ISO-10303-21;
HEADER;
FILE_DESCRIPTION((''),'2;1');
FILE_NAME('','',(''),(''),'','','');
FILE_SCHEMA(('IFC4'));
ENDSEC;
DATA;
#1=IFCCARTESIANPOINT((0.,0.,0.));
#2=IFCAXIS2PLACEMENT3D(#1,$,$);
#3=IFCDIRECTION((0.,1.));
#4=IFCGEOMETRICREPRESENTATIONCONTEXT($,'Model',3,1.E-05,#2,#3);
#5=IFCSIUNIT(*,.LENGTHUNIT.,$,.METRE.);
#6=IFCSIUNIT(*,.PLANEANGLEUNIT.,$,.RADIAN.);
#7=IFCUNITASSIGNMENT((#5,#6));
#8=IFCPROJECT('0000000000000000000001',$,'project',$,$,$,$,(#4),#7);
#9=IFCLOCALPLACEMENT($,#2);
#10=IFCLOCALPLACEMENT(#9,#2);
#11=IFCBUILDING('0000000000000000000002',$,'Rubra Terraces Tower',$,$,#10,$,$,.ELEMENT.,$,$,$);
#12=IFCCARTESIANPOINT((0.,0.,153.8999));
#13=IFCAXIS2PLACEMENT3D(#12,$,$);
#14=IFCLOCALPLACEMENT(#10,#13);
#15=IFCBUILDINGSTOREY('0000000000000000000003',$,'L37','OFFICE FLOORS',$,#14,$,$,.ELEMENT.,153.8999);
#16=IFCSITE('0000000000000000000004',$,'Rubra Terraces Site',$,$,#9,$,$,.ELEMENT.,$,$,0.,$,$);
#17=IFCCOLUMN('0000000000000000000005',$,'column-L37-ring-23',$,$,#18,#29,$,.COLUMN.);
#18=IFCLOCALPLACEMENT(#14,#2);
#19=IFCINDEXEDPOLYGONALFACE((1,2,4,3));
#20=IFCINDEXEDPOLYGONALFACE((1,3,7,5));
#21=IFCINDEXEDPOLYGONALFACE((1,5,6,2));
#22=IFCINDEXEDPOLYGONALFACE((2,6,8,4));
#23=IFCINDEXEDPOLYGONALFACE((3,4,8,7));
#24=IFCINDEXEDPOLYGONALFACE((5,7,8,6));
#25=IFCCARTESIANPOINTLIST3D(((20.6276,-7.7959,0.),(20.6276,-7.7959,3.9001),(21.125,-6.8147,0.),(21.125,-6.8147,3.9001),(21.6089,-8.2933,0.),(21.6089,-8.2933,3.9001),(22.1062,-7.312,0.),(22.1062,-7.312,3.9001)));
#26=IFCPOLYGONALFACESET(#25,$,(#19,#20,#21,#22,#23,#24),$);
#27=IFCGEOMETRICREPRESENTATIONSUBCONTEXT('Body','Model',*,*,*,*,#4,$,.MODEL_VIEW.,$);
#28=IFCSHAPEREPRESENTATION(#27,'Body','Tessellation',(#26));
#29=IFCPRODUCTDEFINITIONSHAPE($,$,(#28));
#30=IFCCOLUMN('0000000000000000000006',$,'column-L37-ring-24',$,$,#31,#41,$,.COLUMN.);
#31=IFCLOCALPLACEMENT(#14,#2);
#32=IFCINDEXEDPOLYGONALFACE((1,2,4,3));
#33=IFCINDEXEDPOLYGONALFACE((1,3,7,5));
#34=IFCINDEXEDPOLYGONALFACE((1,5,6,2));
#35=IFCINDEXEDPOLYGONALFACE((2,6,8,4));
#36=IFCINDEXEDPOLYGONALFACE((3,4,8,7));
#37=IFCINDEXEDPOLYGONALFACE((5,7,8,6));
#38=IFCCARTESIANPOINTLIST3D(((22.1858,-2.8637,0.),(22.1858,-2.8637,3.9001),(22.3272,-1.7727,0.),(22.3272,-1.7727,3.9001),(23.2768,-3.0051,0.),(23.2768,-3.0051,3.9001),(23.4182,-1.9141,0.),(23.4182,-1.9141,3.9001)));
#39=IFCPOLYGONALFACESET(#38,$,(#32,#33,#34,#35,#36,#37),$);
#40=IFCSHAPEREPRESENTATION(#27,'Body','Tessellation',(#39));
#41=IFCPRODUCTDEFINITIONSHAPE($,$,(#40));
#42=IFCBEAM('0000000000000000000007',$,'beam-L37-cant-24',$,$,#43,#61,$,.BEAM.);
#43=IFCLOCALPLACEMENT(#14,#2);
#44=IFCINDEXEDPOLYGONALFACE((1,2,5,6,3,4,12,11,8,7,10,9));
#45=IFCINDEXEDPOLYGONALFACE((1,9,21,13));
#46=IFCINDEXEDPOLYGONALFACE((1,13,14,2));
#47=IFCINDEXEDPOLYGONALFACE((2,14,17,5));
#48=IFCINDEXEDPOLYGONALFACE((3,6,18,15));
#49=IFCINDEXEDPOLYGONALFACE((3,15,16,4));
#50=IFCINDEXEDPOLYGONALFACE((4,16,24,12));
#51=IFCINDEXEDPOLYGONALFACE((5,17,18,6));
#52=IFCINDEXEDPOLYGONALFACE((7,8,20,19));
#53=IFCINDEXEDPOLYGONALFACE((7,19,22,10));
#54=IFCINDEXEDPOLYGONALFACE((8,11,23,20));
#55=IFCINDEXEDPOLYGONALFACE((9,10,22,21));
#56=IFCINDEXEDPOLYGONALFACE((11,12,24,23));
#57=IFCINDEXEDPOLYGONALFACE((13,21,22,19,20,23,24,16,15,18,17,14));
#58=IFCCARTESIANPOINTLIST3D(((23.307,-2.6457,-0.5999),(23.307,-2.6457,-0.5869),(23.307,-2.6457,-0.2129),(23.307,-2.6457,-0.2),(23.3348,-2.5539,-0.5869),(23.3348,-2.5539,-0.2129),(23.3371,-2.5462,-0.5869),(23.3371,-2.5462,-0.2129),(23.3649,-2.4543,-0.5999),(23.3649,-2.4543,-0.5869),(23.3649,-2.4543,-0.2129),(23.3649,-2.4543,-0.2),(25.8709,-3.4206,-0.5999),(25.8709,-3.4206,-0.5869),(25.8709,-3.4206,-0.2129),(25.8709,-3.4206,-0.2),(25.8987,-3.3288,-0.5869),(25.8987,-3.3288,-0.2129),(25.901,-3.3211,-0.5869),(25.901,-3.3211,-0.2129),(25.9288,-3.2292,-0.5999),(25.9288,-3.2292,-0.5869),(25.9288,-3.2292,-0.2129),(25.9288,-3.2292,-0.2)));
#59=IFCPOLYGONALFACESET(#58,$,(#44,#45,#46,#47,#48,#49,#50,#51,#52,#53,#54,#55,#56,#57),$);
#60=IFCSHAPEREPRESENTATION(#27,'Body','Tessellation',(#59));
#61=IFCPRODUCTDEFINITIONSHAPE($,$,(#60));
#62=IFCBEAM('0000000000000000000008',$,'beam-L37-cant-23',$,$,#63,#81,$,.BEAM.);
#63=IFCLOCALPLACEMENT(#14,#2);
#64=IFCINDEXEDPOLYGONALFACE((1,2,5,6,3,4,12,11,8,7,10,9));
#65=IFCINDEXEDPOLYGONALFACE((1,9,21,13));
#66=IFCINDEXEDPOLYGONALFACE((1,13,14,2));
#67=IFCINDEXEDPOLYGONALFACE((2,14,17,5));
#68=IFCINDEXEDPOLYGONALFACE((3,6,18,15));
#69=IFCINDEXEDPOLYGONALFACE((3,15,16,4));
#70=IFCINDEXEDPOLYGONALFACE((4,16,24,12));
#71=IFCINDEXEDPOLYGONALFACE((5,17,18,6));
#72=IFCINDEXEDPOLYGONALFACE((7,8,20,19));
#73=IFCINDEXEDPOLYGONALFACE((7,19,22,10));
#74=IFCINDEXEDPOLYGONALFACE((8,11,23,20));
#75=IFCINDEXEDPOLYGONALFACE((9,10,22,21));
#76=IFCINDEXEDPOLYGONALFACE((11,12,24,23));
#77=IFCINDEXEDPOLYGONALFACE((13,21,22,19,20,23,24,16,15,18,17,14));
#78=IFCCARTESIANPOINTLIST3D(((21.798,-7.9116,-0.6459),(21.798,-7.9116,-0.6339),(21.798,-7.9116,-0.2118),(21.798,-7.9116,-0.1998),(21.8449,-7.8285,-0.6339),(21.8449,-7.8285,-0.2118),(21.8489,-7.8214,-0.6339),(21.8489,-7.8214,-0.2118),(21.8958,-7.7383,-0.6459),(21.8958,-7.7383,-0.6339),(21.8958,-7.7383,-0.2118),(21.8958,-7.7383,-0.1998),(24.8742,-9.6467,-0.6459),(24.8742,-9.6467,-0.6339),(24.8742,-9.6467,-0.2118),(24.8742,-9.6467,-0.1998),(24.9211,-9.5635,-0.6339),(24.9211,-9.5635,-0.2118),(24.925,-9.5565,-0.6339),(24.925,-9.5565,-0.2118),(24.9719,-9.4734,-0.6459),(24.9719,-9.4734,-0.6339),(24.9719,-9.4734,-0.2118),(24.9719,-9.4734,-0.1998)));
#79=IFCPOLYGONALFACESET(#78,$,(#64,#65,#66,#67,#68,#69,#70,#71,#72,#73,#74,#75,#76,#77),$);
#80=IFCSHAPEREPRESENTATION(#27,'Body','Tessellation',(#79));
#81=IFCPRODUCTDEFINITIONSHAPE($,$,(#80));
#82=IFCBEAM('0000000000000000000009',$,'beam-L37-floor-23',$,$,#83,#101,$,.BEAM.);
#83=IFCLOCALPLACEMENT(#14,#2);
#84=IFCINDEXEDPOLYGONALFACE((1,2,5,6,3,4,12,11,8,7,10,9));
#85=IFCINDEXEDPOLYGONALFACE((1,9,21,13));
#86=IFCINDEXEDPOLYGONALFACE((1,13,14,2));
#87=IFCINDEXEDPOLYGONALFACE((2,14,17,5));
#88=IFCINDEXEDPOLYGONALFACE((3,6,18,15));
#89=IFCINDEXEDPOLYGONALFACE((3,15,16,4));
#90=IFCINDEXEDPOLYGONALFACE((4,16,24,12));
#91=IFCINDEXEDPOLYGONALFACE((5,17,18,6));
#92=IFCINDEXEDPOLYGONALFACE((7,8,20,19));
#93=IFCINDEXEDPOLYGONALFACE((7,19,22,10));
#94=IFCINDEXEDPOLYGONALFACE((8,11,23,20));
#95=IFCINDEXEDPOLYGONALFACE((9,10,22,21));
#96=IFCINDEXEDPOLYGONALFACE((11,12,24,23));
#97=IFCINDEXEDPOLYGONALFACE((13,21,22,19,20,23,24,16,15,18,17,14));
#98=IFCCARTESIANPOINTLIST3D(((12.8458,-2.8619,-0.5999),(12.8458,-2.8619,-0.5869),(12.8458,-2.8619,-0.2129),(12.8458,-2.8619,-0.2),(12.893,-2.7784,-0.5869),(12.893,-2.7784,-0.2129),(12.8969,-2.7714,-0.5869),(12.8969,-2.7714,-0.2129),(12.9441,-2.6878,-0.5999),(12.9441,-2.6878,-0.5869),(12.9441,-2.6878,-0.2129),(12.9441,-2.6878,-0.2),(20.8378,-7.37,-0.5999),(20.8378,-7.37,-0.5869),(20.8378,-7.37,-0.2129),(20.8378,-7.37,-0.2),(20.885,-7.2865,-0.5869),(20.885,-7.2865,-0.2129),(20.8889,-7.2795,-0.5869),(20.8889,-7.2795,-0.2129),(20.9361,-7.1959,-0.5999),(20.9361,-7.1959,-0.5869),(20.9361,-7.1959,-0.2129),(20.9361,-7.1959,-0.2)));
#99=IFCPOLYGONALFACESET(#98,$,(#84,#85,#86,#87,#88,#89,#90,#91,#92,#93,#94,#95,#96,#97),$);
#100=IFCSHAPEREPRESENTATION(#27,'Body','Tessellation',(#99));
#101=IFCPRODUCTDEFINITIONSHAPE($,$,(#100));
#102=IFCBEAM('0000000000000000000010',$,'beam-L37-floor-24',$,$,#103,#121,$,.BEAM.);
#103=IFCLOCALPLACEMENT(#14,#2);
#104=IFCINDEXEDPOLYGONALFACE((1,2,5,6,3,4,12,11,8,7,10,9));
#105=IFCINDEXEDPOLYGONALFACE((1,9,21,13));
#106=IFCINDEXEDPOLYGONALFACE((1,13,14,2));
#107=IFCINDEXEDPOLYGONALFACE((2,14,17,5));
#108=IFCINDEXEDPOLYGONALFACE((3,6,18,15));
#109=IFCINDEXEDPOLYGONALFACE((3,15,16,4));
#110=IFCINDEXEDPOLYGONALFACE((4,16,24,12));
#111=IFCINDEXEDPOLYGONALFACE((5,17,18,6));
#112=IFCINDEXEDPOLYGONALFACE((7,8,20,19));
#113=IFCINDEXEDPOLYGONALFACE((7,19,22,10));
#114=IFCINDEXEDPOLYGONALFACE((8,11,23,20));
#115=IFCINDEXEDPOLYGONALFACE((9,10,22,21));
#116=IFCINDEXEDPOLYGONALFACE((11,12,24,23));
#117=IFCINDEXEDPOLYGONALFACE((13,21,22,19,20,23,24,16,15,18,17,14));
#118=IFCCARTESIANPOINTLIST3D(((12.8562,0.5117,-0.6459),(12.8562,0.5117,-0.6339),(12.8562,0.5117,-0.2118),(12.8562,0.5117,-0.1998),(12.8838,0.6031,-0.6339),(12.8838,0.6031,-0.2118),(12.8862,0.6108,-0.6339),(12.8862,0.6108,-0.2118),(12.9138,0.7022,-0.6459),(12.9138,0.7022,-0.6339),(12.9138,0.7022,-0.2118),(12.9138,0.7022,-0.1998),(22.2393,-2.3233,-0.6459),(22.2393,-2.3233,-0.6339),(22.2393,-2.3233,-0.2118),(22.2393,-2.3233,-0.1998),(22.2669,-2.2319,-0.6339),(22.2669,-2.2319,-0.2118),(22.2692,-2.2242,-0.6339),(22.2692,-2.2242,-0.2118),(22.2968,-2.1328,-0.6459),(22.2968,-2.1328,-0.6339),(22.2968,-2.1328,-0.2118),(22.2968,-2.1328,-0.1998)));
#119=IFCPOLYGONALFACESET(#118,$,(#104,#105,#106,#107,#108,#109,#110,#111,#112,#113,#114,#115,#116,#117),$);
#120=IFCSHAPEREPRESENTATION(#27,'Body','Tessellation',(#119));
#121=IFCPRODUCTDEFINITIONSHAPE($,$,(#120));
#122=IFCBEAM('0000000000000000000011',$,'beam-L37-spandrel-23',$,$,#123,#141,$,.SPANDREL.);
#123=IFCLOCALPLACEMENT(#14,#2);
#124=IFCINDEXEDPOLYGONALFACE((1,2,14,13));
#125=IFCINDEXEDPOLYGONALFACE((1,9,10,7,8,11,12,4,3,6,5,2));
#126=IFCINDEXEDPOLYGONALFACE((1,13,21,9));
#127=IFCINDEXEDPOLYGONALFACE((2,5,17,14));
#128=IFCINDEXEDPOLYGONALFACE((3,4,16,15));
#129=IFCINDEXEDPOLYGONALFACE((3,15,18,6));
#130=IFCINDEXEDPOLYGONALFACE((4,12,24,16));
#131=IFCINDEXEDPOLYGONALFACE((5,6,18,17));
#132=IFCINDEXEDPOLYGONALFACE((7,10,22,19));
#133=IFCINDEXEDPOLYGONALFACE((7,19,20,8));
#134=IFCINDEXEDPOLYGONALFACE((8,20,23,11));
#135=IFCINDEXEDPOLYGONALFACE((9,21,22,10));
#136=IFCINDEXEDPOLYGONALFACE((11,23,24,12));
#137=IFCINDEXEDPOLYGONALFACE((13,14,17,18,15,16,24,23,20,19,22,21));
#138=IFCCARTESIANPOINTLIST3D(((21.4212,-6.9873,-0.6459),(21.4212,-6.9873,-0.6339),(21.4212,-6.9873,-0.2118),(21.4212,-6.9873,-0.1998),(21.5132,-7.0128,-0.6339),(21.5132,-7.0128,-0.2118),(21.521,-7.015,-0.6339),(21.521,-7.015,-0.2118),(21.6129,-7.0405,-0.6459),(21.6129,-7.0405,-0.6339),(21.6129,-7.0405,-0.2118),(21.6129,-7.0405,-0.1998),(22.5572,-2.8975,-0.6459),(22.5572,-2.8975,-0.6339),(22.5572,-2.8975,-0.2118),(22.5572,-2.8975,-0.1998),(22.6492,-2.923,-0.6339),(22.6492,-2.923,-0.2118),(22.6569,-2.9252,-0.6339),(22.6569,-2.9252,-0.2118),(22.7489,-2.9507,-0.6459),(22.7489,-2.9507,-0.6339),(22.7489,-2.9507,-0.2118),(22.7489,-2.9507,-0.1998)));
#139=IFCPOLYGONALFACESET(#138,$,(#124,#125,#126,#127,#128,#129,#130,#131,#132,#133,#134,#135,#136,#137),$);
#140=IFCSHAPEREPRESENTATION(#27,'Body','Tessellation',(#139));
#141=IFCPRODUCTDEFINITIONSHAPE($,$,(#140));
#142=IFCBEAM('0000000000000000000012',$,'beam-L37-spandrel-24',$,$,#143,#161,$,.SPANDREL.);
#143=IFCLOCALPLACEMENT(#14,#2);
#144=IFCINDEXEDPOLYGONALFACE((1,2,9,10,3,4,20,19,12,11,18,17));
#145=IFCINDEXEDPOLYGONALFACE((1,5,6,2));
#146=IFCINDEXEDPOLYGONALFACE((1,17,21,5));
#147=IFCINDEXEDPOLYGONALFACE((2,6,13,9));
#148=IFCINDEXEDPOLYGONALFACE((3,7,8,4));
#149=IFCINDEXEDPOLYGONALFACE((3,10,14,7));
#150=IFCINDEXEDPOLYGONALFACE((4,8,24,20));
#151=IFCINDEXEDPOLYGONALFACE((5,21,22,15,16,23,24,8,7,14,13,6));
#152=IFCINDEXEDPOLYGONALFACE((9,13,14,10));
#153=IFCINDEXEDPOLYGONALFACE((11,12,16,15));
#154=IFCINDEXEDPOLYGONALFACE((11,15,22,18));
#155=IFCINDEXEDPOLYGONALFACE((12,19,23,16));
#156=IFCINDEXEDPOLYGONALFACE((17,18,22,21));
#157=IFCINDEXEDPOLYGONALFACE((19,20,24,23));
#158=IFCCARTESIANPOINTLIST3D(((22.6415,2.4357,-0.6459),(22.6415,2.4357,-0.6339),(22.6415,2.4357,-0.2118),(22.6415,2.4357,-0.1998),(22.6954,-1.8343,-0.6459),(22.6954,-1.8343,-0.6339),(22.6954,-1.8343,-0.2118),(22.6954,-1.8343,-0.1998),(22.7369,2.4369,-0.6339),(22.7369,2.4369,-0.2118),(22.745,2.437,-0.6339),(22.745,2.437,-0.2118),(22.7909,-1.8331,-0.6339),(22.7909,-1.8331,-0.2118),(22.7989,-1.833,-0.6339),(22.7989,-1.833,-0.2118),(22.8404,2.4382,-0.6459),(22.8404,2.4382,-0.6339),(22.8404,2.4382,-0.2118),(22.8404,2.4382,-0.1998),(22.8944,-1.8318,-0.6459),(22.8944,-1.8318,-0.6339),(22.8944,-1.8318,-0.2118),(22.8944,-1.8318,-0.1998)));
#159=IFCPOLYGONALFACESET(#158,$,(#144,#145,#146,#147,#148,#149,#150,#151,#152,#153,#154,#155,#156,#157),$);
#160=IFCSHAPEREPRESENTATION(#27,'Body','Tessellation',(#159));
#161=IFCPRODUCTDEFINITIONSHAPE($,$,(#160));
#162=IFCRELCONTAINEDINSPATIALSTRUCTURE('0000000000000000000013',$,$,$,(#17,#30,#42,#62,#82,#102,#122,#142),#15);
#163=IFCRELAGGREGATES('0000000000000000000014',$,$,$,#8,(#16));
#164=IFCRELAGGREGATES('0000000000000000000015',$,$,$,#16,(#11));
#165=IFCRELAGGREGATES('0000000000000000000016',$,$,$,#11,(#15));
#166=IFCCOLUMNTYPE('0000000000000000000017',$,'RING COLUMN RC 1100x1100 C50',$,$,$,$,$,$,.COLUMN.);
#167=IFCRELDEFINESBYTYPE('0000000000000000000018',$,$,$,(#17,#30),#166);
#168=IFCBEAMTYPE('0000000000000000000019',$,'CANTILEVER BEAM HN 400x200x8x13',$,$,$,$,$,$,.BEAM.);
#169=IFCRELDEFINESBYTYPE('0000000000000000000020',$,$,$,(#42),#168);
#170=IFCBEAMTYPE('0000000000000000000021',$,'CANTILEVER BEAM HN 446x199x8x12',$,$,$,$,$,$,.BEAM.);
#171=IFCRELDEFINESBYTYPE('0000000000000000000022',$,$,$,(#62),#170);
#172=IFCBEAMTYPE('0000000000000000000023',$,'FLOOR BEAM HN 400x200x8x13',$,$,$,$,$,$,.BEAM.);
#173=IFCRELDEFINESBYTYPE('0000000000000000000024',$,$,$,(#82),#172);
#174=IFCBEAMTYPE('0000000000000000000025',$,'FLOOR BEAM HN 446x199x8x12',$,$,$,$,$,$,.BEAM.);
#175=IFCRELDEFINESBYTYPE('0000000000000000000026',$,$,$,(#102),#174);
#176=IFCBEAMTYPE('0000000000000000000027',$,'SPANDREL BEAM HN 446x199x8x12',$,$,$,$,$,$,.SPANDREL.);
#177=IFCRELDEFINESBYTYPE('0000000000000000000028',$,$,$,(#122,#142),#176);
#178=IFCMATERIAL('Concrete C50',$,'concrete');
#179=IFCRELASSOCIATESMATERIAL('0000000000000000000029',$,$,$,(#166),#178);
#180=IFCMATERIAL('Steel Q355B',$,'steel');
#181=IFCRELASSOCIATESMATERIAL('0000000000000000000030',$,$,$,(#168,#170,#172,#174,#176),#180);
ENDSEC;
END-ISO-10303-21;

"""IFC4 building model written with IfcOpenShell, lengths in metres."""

from ifc_helpers import new_model, si_unit, direction, frame, origin, origin_2d, place, context, subcontext, project, spatial, rectangle, i_section, extrude, material, material_profile, profile_set, type_object, element, save


model = new_model("IFC4")

# Units and contexts
model_context = context("Model", 3, precision=1e-05, world=origin(), true_north=direction((0.0, 1.0)))
body_context = subcontext(model_context, "Body", "Model", "MODEL_VIEW")
ifc_project = project(units=[si_unit("LENGTHUNIT", "METRE"), si_unit("PLANEANGLEUNIT", "RADIAN")], contexts=[model_context])

# Site, building, storey
site_placement = place(None, origin())
site = spatial("IfcSite", under=ifc_project, at=site_placement, Name="Rubra Terraces Site", CompositionType="ELEMENT", RefElevation=0.0)
building_placement = place(site_placement, origin())
building = spatial("IfcBuilding", under=site, at=building_placement, Name="Rubra Terraces Tower", CompositionType="ELEMENT")
storey_placement = place(building_placement, frame((0.0, 0.0, 153.8999)))
storey = spatial("IfcBuildingStorey", under=building, at=storey_placement, Name="L37", Description="OFFICE FLOORS", CompositionType="ELEMENT", Elevation=153.8999)

# Columns
ifc_material_1 = material(Name="Concrete C50", Category="concrete")
ifc_material_profile_1 = material_profile(ifc_material_1, rectangle(XDim=1.1001, YDim=1.1001, at=origin_2d()), Name="RC 1100x1100")
ifc_profile_set_1 = profile_set([ifc_material_profile_1], Name="Concrete C50")
column_type = type_object("IfcColumnType", Name="RING COLUMN RC 1100x1100 C50", PredefinedType="COLUMN", material=ifc_profile_set_1)
for number, where, z_axis, x_axis, name in (
    (1, (21.3669, -7.554, 0.0), (0.0, 0.0, 1.0), (0.452079, 0.891978, 0.0), "column-L37-ring-23"),
    (2, (22.802, -2.3889, 0.0), (0.0, 0.0, 1.0), (0.128535, 0.991705, 0.0), "column-L37-ring-24"),
):
    element("IfcColumn", number, at=place(storey_placement, frame(where, z_axis=z_axis, x_axis=x_axis)), inside=storey, type_object=column_type, Name=name, PredefinedType="COLUMN", context=body_context, shape_type="SweptSolid", body=[
        extrude(rectangle(XDim=1.1001, YDim=1.1001, at=origin_2d()), origin(), (0.0, 0.0, 1.0), 3.9001),
    ])

# Beams
ifc_material_2 = material(Name="Steel Q355B", Category="steel")
ifc_material_profile_2 = material_profile(ifc_material_2, i_section(OverallWidth=0.2, OverallDepth=0.3999, WebThickness=0.0081, FlangeThickness=0.0129, at=origin_2d()), Name="HN 400x200x8x13")
ifc_profile_set_2 = profile_set([ifc_material_profile_2], Name="Steel Q355B")
beam_type_1 = type_object("IfcBeamType", Name="CANTILEVER BEAM HN 400x200x8x13", PredefinedType="BEAM", material=ifc_profile_set_2)
beam_1_placement = place(storey_placement, frame((23.3359, -2.55, -0.3999), z_axis=(0.957237, -0.289304, 0.0), x_axis=(0.289304, 0.957237, 0.0)))
element("IfcBeam", 3, at=beam_1_placement, inside=storey, type_object=beam_type_1, Name="beam-L37-cant-24", PredefinedType="BEAM", context=body_context, shape_type="SweptSolid", body=[
    extrude(i_section(OverallWidth=0.2, OverallDepth=0.3999, WebThickness=0.0081, FlangeThickness=0.0129, at=origin_2d()), origin(), (0.0, 0.0, 1.0), 2.6785),
])
ifc_material_profile_3 = material_profile(ifc_material_2, i_section(OverallWidth=0.199, OverallDepth=0.446, WebThickness=0.0081, FlangeThickness=0.012, at=origin_2d()), Name="HN 446x199x8x12")
ifc_profile_set_3 = profile_set([ifc_material_profile_3], Name="Steel Q355B")
beam_type_2 = type_object("IfcBeamType", Name="CANTILEVER BEAM HN 446x199x8x12", PredefinedType="BEAM", material=ifc_profile_set_3)
beam_2_placement = place(storey_placement, frame((21.8469, -7.825, -0.4229), z_axis=(0.870999, -0.491285, 0.0), x_axis=(0.491285, 0.870999, 0.0)))
element("IfcBeam", 4, at=beam_2_placement, inside=storey, type_object=beam_type_2, Name="beam-L37-cant-23", PredefinedType="BEAM", context=body_context, shape_type="SweptSolid", body=[
    extrude(i_section(OverallWidth=0.199, OverallDepth=0.446, WebThickness=0.0081, FlangeThickness=0.012, at=origin_2d()), origin(), (0.0, 0.0, 1.0), 3.5317),
])
ifc_material_profile_4 = material_profile(ifc_material_2, i_section(OverallWidth=0.2, OverallDepth=0.3999, WebThickness=0.0081, FlangeThickness=0.0129, at=origin_2d()), Name="HN 400x200x8x13")
ifc_profile_set_4 = profile_set([ifc_material_profile_4], Name="Steel Q355B")
beam_type_3 = type_object("IfcBeamType", Name="FLOOR BEAM HN 400x200x8x13", PredefinedType="BEAM", material=ifc_profile_set_4)
beam_3_placement = place(storey_placement, frame((20.887, -7.283, -0.3999), z_axis=(-0.870989, 0.491303, 0.0), x_axis=(-0.491303, -0.870989, 0.0)))
element("IfcBeam", 5, at=beam_3_placement, inside=storey, type_object=beam_type_3, Name="beam-L37-floor-23", PredefinedType="BEAM", context=body_context, shape_type="SweptSolid", body=[
    extrude(i_section(OverallWidth=0.2, OverallDepth=0.3999, WebThickness=0.0081, FlangeThickness=0.0129, at=origin_2d()), origin(), (0.0, 0.0, 1.0), 9.1758),
])
ifc_material_profile_5 = material_profile(ifc_material_2, i_section(OverallWidth=0.199, OverallDepth=0.446, WebThickness=0.0081, FlangeThickness=0.012, at=origin_2d()), Name="HN 446x199x8x12")
ifc_profile_set_5 = profile_set([ifc_material_profile_5], Name="Steel Q355B")
beam_type_4 = type_object("IfcBeamType", Name="FLOOR BEAM HN 446x199x8x12", PredefinedType="BEAM", material=ifc_profile_set_5)
beam_4_placement = place(storey_placement, frame((22.2681, -2.228, -0.4229), z_axis=(-0.957262, 0.289223, 0.0), x_axis=(-0.289223, -0.957262, 0.0)))
element("IfcBeam", 6, at=beam_4_placement, inside=storey, type_object=beam_type_4, Name="beam-L37-floor-24", PredefinedType="BEAM", context=body_context, shape_type="SweptSolid", body=[
    extrude(i_section(OverallWidth=0.199, OverallDepth=0.446, WebThickness=0.0081, FlangeThickness=0.012, at=origin_2d()), origin(), (0.0, 0.0, 1.0), 9.802),
])
ifc_material_profile_6 = material_profile(ifc_material_2, i_section(OverallWidth=0.199, OverallDepth=0.446, WebThickness=0.0081, FlangeThickness=0.012, at=origin_2d()), Name="HN 446x199x8x12")
ifc_profile_set_6 = profile_set([ifc_material_profile_6], Name="Steel Q355B")
beam_type_5 = type_object("IfcBeamType", Name="SPANDREL BEAM HN 446x199x8x12", PredefinedType="SPANDREL", material=ifc_profile_set_6)
beam_5_placement = place(storey_placement, frame((21.5171, -7.0139, -0.4229), z_axis=(0.267626, 0.963523, 0.0), x_axis=(-0.963523, 0.267626, 0.0)))
element("IfcBeam", 7, at=beam_5_placement, inside=storey, type_object=beam_type_5, Name="beam-L37-spandrel-23", PredefinedType="SPANDREL", context=body_context, shape_type="SweptSolid", body=[
    extrude(i_section(OverallWidth=0.199, OverallDepth=0.446, WebThickness=0.0081, FlangeThickness=0.012, at=origin_2d()), origin(), (0.0, 0.0, 1.0), 4.2446),
])
beam_6_placement = place(storey_placement, frame((22.7949, -1.833, -0.4229), z_axis=(-0.012635, 0.99992, 0.0), x_axis=(-0.99992, -0.012635, 0.0)))
element("IfcBeam", 8, at=beam_6_placement, inside=storey, type_object=beam_type_5, Name="beam-L37-spandrel-24", PredefinedType="SPANDREL", context=body_context, shape_type="SweptSolid", body=[
    extrude(i_section(OverallWidth=0.199, OverallDepth=0.446, WebThickness=0.0081, FlangeThickness=0.012, at=origin_2d()), origin(), (0.0, 0.0, 1.0), 4.2703),
])

save(model, "model.ifc")
